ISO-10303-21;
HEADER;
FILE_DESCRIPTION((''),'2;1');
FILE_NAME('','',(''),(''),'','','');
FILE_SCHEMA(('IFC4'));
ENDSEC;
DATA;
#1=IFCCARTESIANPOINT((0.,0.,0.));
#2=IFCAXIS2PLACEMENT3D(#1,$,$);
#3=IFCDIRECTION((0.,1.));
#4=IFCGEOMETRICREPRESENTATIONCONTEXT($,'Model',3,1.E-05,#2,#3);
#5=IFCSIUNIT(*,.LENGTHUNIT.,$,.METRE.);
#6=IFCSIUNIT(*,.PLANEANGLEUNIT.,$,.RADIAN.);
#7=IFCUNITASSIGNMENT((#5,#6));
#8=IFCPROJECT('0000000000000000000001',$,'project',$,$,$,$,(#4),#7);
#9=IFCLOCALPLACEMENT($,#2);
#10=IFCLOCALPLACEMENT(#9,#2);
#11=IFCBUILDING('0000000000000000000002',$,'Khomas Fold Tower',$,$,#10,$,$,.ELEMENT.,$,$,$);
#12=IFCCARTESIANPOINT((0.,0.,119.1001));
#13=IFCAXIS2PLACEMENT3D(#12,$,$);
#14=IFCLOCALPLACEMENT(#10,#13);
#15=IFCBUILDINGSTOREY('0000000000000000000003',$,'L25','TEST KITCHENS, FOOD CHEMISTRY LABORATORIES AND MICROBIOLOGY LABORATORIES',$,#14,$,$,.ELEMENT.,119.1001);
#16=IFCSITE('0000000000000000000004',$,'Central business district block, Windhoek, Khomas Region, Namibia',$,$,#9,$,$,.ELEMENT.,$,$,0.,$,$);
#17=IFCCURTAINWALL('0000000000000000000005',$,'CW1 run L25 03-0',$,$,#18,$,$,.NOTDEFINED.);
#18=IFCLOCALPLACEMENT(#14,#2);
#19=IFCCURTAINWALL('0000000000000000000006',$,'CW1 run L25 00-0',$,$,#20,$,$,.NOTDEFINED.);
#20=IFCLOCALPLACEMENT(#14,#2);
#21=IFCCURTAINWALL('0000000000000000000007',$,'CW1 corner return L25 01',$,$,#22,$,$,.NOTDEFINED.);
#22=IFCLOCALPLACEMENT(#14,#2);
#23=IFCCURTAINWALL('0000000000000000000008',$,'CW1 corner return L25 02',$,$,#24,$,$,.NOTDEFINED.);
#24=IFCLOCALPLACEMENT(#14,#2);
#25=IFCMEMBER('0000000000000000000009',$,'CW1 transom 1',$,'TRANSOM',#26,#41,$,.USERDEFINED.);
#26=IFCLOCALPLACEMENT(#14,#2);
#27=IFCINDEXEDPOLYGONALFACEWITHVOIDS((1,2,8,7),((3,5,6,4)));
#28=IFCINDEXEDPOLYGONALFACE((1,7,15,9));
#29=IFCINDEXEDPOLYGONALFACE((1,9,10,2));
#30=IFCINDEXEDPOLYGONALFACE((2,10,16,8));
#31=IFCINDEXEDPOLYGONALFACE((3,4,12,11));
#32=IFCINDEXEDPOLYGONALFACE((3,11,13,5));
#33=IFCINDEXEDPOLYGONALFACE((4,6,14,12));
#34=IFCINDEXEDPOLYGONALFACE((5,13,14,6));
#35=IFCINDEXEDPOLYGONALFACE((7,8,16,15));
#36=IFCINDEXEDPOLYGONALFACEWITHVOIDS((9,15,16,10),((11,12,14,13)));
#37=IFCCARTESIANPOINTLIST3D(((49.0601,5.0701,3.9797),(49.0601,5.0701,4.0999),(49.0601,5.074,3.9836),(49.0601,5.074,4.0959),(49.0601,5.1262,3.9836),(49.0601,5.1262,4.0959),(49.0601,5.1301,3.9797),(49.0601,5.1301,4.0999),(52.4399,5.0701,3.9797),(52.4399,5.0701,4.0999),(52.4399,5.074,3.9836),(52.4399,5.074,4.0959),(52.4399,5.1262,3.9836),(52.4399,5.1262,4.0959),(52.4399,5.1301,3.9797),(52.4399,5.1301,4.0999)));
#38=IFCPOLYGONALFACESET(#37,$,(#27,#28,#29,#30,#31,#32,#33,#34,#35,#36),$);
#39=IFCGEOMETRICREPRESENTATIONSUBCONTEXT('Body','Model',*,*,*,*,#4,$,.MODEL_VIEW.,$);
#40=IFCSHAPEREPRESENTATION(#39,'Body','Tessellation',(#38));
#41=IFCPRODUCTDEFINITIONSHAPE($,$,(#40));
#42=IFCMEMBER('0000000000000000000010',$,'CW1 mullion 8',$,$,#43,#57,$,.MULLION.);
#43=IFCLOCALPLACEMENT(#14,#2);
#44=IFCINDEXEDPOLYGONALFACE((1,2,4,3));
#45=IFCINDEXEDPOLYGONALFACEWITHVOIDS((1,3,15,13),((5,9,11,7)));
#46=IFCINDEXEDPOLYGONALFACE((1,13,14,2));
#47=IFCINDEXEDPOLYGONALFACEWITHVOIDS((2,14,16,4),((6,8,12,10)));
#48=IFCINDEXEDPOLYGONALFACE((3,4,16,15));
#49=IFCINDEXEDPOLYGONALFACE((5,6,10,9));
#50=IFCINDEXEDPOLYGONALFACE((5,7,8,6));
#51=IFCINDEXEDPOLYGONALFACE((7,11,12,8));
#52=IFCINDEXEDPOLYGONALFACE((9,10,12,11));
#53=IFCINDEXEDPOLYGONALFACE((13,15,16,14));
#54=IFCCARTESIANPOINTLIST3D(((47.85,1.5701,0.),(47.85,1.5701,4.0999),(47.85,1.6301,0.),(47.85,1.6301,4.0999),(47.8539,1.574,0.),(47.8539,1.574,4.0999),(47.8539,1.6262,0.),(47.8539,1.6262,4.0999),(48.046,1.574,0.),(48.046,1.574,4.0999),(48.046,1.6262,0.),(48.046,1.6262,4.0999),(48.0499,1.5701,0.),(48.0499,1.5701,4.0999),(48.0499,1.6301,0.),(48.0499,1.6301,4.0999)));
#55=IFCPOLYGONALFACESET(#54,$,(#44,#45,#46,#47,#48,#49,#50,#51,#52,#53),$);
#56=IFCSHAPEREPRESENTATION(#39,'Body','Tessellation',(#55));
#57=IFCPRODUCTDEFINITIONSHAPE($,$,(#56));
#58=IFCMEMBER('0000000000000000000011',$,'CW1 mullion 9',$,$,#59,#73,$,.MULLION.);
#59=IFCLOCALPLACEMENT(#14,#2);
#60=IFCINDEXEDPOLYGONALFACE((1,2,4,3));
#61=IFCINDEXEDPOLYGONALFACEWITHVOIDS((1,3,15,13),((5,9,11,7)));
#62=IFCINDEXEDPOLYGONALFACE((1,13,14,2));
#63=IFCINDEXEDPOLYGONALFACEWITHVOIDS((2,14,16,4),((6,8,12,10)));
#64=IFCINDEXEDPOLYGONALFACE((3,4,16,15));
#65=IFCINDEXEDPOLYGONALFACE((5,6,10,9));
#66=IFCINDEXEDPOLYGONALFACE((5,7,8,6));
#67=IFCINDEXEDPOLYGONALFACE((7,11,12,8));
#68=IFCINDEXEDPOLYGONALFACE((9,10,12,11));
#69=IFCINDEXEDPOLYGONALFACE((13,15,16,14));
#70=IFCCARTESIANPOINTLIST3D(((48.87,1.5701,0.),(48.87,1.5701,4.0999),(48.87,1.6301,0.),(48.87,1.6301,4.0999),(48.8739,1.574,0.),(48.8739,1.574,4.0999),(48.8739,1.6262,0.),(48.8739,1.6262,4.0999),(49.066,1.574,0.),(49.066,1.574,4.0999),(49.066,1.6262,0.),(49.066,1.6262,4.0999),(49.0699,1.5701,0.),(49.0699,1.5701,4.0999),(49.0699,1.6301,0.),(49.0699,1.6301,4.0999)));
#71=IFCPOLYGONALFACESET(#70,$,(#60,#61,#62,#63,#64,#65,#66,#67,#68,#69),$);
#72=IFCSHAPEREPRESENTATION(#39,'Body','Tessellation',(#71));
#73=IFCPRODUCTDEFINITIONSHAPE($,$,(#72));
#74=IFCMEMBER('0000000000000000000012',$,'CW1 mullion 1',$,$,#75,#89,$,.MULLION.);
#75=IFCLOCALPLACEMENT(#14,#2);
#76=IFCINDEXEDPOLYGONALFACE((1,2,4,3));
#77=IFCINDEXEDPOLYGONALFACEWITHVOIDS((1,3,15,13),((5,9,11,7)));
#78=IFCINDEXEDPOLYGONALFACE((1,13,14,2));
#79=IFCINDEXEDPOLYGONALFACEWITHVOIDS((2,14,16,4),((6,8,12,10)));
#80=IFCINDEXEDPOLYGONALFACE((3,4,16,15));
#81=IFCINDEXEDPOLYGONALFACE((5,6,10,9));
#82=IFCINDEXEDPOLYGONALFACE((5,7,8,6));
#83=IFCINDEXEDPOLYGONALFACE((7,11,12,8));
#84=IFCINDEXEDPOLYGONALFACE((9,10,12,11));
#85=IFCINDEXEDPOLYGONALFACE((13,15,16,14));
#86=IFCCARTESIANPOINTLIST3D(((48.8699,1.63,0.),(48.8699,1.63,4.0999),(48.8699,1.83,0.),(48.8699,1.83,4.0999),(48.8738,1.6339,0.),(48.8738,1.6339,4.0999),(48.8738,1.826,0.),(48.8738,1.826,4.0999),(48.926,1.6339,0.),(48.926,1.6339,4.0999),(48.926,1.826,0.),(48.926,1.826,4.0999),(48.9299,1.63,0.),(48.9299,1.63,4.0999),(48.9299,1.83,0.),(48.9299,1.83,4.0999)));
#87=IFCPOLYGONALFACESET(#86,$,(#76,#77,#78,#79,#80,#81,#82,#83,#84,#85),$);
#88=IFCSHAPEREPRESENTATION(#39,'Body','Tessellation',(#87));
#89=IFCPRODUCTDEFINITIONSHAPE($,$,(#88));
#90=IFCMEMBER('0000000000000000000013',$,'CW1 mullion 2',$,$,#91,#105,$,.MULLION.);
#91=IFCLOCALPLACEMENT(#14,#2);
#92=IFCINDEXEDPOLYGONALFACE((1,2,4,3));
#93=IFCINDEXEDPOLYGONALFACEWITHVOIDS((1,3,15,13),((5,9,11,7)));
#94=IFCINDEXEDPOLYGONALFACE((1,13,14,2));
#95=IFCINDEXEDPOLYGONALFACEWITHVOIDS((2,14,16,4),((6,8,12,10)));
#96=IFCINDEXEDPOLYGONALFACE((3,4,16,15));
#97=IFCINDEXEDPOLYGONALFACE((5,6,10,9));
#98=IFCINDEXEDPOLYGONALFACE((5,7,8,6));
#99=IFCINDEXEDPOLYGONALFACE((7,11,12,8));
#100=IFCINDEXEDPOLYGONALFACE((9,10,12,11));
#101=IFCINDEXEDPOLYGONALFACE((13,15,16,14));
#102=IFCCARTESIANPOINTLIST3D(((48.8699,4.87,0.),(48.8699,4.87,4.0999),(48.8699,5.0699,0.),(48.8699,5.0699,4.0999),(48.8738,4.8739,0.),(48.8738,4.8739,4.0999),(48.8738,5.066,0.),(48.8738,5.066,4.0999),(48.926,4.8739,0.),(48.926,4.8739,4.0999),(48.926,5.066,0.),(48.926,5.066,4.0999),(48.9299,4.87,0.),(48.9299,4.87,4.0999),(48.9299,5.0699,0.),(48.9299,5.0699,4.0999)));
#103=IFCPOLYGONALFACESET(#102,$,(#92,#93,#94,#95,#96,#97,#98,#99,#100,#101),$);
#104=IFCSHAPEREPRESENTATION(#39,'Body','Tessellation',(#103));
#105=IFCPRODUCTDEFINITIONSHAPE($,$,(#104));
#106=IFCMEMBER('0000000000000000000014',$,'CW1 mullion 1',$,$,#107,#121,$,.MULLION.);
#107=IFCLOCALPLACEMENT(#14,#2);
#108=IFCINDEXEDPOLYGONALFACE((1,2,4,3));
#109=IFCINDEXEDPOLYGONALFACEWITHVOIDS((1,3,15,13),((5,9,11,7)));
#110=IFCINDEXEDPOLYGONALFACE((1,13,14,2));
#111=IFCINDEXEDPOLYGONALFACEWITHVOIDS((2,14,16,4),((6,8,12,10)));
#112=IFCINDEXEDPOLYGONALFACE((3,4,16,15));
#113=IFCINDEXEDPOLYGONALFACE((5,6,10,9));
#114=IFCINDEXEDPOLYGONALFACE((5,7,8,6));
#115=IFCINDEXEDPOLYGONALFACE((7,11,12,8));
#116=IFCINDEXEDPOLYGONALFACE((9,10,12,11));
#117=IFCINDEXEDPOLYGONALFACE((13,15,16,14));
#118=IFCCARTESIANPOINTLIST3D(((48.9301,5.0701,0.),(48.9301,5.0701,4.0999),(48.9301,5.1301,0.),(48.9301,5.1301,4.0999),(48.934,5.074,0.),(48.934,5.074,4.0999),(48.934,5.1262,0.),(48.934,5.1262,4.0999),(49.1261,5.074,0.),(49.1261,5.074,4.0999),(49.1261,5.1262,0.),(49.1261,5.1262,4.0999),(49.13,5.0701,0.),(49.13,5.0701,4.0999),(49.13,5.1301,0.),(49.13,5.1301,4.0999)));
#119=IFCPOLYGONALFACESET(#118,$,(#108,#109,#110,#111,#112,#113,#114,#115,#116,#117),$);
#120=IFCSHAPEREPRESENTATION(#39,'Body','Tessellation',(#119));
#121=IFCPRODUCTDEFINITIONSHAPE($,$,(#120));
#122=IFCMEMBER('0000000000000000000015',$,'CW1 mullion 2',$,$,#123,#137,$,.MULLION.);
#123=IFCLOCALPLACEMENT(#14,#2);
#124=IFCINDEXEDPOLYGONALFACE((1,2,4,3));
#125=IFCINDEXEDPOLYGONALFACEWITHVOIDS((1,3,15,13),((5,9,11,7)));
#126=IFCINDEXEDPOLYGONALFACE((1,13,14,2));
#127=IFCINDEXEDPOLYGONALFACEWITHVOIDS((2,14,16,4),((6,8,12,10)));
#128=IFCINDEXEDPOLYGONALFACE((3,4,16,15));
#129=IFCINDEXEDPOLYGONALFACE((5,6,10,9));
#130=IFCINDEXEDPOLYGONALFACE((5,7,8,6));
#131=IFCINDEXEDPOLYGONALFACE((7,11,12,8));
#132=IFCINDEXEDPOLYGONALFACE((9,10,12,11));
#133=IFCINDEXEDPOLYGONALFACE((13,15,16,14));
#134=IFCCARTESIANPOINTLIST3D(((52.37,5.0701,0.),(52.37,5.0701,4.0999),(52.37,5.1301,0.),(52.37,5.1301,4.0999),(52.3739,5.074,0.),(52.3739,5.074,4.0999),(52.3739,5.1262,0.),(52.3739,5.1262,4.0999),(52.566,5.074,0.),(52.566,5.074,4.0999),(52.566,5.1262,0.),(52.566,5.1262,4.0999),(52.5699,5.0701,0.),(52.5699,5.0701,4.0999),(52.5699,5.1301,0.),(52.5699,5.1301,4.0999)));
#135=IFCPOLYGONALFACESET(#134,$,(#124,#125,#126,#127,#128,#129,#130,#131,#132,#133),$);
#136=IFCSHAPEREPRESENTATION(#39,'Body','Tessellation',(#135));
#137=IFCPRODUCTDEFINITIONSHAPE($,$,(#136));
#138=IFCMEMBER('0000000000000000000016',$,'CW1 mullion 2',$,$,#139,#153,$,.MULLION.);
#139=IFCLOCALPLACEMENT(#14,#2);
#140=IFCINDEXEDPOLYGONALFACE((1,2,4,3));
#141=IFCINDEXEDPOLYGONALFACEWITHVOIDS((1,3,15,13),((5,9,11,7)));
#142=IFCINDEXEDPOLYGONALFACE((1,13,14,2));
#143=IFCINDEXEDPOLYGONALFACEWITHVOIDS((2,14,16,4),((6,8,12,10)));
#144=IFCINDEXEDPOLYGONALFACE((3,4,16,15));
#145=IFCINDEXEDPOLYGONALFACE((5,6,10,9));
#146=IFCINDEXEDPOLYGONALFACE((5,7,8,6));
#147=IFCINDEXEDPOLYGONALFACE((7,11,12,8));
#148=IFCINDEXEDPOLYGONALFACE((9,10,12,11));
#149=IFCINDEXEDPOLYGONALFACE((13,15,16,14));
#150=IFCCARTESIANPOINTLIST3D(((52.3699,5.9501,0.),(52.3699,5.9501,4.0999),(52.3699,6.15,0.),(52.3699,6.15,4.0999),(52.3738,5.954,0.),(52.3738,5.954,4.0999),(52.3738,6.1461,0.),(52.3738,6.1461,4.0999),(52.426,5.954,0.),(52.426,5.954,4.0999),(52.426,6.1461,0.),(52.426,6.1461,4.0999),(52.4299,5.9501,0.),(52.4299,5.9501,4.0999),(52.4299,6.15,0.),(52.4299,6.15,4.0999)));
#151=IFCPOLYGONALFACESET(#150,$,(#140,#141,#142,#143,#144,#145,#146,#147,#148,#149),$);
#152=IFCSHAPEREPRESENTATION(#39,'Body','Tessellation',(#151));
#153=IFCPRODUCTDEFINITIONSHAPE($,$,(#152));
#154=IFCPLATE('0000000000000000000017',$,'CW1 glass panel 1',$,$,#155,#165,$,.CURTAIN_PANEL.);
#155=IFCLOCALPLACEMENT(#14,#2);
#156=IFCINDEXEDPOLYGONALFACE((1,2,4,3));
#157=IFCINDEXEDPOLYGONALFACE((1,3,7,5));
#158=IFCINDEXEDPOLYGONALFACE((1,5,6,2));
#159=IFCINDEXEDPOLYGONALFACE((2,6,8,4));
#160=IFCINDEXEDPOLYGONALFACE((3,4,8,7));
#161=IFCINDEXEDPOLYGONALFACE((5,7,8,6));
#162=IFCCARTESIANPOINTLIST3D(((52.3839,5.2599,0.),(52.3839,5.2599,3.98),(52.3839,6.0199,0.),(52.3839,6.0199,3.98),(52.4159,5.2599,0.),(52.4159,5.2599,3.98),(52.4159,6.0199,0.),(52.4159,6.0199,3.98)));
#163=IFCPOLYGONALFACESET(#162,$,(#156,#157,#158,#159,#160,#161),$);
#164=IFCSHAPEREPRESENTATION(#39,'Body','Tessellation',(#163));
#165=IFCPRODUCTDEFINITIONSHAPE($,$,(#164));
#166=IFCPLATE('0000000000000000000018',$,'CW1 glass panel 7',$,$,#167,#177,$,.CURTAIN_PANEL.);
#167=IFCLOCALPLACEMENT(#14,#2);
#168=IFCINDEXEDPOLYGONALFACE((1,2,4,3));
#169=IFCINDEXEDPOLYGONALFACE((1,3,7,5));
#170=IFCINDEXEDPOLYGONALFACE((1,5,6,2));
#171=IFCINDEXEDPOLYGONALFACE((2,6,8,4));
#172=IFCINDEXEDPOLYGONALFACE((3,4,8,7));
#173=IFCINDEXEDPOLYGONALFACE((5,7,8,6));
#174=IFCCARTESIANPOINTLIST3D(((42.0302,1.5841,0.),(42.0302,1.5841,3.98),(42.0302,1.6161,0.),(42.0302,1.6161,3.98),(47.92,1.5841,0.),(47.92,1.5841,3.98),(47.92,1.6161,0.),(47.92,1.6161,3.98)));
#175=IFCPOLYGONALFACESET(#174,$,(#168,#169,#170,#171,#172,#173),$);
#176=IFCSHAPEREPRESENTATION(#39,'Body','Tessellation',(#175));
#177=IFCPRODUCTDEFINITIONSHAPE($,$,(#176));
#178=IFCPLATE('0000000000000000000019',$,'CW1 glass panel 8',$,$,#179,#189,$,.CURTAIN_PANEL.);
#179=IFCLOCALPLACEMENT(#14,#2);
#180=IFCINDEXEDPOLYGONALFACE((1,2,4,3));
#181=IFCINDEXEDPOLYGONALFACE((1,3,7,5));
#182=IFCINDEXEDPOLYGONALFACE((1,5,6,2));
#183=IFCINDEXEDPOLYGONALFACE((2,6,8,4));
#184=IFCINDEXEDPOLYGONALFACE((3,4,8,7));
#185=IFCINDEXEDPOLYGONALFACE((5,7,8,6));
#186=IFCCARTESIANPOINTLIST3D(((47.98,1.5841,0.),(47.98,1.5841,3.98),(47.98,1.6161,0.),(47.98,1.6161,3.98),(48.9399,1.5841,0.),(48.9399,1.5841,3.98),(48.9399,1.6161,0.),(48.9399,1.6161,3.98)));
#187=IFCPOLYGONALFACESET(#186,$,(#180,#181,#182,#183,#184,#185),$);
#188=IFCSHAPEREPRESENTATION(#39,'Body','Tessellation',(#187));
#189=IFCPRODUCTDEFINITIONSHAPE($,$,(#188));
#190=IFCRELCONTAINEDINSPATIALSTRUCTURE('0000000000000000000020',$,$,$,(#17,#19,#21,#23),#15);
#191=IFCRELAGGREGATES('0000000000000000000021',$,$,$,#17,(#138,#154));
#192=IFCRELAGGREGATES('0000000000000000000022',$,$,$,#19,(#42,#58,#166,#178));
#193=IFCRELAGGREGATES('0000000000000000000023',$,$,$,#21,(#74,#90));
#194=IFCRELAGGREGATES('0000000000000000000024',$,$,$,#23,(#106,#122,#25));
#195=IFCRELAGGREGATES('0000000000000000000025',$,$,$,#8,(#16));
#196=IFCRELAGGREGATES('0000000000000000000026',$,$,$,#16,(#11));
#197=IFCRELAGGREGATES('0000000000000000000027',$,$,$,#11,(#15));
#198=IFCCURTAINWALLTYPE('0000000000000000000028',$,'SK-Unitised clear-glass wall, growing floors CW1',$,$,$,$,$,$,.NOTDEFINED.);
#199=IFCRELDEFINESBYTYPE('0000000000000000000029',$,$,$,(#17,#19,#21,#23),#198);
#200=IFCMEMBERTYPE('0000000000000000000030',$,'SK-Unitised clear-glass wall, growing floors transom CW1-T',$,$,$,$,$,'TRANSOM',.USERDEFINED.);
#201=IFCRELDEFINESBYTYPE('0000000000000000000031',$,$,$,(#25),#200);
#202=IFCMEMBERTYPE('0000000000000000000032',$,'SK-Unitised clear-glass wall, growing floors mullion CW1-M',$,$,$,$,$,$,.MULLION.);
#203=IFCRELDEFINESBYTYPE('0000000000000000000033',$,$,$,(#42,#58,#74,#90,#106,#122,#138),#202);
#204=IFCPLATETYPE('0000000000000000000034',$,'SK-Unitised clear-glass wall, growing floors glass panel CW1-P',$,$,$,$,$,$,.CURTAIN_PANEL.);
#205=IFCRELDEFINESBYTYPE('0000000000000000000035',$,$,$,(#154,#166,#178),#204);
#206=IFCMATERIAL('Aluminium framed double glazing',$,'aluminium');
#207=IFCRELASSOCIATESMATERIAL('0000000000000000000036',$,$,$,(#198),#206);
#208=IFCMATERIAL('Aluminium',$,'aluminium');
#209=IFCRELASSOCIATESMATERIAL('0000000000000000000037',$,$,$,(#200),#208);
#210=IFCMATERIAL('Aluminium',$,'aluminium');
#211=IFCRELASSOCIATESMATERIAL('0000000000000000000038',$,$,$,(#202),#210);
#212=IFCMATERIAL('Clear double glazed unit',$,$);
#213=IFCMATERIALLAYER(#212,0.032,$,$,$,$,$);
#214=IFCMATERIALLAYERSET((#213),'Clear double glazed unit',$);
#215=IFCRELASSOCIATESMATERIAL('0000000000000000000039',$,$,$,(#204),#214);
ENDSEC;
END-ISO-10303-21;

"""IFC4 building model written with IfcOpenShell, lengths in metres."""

from ifc_helpers import new_model, si_unit, direction, frame, origin, origin_2d, place, context, subcontext, project, spatial, rectangle, hollow_rectangle, extrude, source, transform, mapped, material, layer, layer_set, material_profile, profile_set, type_object, element, aggregate, save


model = new_model("IFC4")

# Units and contexts
model_context = context("Model", 3, precision=1e-05, world=origin(), true_north=direction((0.0, 1.0)))
body_context = subcontext(model_context, "Body", "Model", "MODEL_VIEW")
ifc_project = project(units=[si_unit("LENGTHUNIT", "METRE"), si_unit("PLANEANGLEUNIT", "RADIAN")], contexts=[model_context])

# Site, building, storey
site_placement = place(None, origin())
site = spatial("IfcSite", under=ifc_project, at=site_placement, Name="Central business district block, Windhoek, Khomas Region, Namibia", CompositionType="ELEMENT", RefElevation=0.0)
building_placement = place(site_placement, origin())
building = spatial("IfcBuilding", under=site, at=building_placement, Name="Khomas Fold Tower", CompositionType="ELEMENT")
storey_placement = place(building_placement, frame((0.0, 0.0, 119.1001)))
storey = spatial("IfcBuildingStorey", under=building, at=storey_placement, Name="L25", Description="TEST KITCHENS, FOOD CHEMISTRY LABORATORIES AND MICROBIOLOGY LABORATORIES", CompositionType="ELEMENT", Elevation=119.1001)

# Curtain wall
ifc_material_1 = material(Name="Aluminium framed double glazing", Category="aluminium")
curtain_wall_type = type_object("IfcCurtainWallType", Name="SK-Unitised clear-glass wall, growing floors CW1", PredefinedType="NOTDEFINED", material=ifc_material_1)
curtain_wall_1_placement = place(storey_placement, origin())
curtain_wall_1 = element("IfcCurtainWall", 1, at=curtain_wall_1_placement, inside=storey, type_object=curtain_wall_type, Name="CW1 run L25 03-0", PredefinedType="NOTDEFINED")
ifc_material_2 = material(Name="Aluminium", Category="aluminium")
ifc_material_profile_1 = material_profile(ifc_material_2, hollow_rectangle(XDim=0.0601, YDim=0.1201, WallThickness=0.0039, at=origin_2d()), Name="SK-Unitised clear-glass wall, growing floors transom CW1-T")
ifc_profile_set_1 = profile_set([ifc_material_profile_1], Name="Aluminium")
member_type_1 = type_object("IfcMemberType", Name="SK-Unitised clear-glass wall, growing floors transom CW1-T", ElementType="TRANSOM", PredefinedType="USERDEFINED", material=ifc_profile_set_1)

# Curtain walls, member
curtain_wall_2_placement = place(storey_placement, origin())
curtain_wall_2 = element("IfcCurtainWall", 2, at=curtain_wall_2_placement, inside=storey, type_object=curtain_wall_type, Name="CW1 run L25 00-0", PredefinedType="NOTDEFINED")
curtain_wall_3_placement = place(storey_placement, origin())
curtain_wall_3 = element("IfcCurtainWall", 3, at=curtain_wall_3_placement, inside=storey, type_object=curtain_wall_type, Name="CW1 corner return L25 01", PredefinedType="NOTDEFINED")
curtain_wall_4_placement = place(storey_placement, origin())
curtain_wall_4 = element("IfcCurtainWall", 4, at=curtain_wall_4_placement, inside=storey, type_object=curtain_wall_type, Name="CW1 corner return L25 02", PredefinedType="NOTDEFINED")
shared_shape_1 = source(origin(), body_context, "Body", "SweptSolid", [
    extrude(hollow_rectangle(XDim=0.0601, YDim=0.1201, WallThickness=0.0039, at=origin_2d()), origin(), (0.0, 0.0, 1.0), 3.3799),
])
member_1_placement = place(storey_placement, frame((49.0601, 5.1001, 4.0398), z_axis=(1.0, 0.0, 0.0), x_axis=(0.0, 1.0, 0.0)))
member_1 = element("IfcMember", 5, at=member_1_placement, type_object=member_type_1, Name="CW1 transom 1", ObjectType="TRANSOM", PredefinedType="USERDEFINED", context=body_context, shape_type="MappedRepresentation", body=[
    mapped(shared_shape_1, transform((0.0, 0.0, 0.0))),
])

# Members
ifc_material_3 = material(Name="Aluminium", Category="aluminium")
ifc_material_profile_2 = material_profile(ifc_material_3, hollow_rectangle(XDim=0.0601, YDim=0.2, WallThickness=0.0039, at=origin_2d()), Name="SK-Unitised clear-glass wall, growing floors mullion CW1-M")
ifc_profile_set_2 = profile_set([ifc_material_profile_2], Name="Aluminium")
member_type_2 = type_object("IfcMemberType", Name="SK-Unitised clear-glass wall, growing floors mullion CW1-M", PredefinedType="MULLION", material=ifc_profile_set_2)
shared_shape_2 = source(origin(), body_context, "Body", "SweptSolid", [
    extrude(hollow_rectangle(XDim=0.0601, YDim=0.2, WallThickness=0.0039, at=origin_2d()), origin(), (0.0, 0.0, 1.0), 4.0999),
])
member_2_placement = place(storey_placement, frame((47.95, 1.6001, 0.0), z_axis=(0.0, 0.0, 1.0), x_axis=(0.0, 1.0, 0.0)))
member_2 = element("IfcMember", 6, at=member_2_placement, type_object=member_type_2, Name="CW1 mullion 8", PredefinedType="MULLION", context=body_context, shape_type="MappedRepresentation", body=[
    mapped(shared_shape_2, transform((0.0, 0.0, 0.0))),
])
member_3_placement = place(storey_placement, frame((48.97, 1.6001, 0.0), z_axis=(0.0, 0.0, 1.0), x_axis=(0.0, 1.0, 0.0)))
member_3 = element("IfcMember", 7, at=member_3_placement, type_object=member_type_2, Name="CW1 mullion 9", PredefinedType="MULLION", context=body_context, shape_type="MappedRepresentation", body=[
    mapped(shared_shape_2, transform((0.0, 0.0, 0.0))),
])
member_4_placement = place(storey_placement, frame((48.8999, 1.73, 0.0), z_axis=(0.0, 0.0, 1.0), x_axis=(-1.0, 0.0, 0.0)))
member_4 = element("IfcMember", 8, at=member_4_placement, type_object=member_type_2, Name="CW1 mullion 1", PredefinedType="MULLION", context=body_context, shape_type="MappedRepresentation", body=[
    mapped(shared_shape_2, transform((0.0, 0.0, 0.0))),
])
member_5_placement = place(storey_placement, frame((48.8999, 4.97, 0.0), z_axis=(0.0, 0.0, 1.0), x_axis=(-1.0, 0.0, 0.0)))
member_5 = element("IfcMember", 9, at=member_5_placement, type_object=member_type_2, Name="CW1 mullion 2", PredefinedType="MULLION", context=body_context, shape_type="MappedRepresentation", body=[
    mapped(shared_shape_2, transform((0.0, 0.0, 0.0))),
])
member_6_placement = place(storey_placement, frame((49.03, 5.1001, 0.0), z_axis=(0.0, 0.0, 1.0), x_axis=(0.0, 1.0, 0.0)))
member_6 = element("IfcMember", 10, at=member_6_placement, type_object=member_type_2, Name="CW1 mullion 1", PredefinedType="MULLION", context=body_context, shape_type="MappedRepresentation", body=[
    mapped(shared_shape_2, transform((0.0, 0.0, 0.0))),
])
member_7_placement = place(storey_placement, frame((52.47, 5.1001, 0.0), z_axis=(0.0, 0.0, 1.0), x_axis=(0.0, 1.0, 0.0)))
member_7 = element("IfcMember", 11, at=member_7_placement, type_object=member_type_2, Name="CW1 mullion 2", PredefinedType="MULLION", context=body_context, shape_type="MappedRepresentation", body=[
    mapped(shared_shape_2, transform((0.0, 0.0, 0.0))),
])
member_8_placement = place(storey_placement, frame((52.3999, 6.05, 0.0), z_axis=(0.0, 0.0, 1.0), x_axis=(-1.0, 0.0, 0.0)))
member_8 = element("IfcMember", 12, at=member_8_placement, type_object=member_type_2, Name="CW1 mullion 2", PredefinedType="MULLION", context=body_context, shape_type="MappedRepresentation", body=[
    mapped(shared_shape_2, transform((0.0, 0.0, 0.0))),
])

# Plates
ifc_material_4 = material(Name="Clear double glazed unit")
ifc_layer_1 = layer(ifc_material_4, 0.032)
ifc_layer_set_1 = layer_set([ifc_layer_1], Name="Clear double glazed unit")
plate_type = type_object("IfcPlateType", Name="SK-Unitised clear-glass wall, growing floors glass panel CW1-P", PredefinedType="CURTAIN_PANEL", material=ifc_layer_set_1)
shared_shape_3 = source(origin(), body_context, "Body", "SweptSolid", [
    extrude(rectangle(XDim=0.76, YDim=0.032, at=origin_2d()), origin(), (0.0, 0.0, 1.0), 3.98),
])
plate_1_placement = place(storey_placement, frame((52.3999, 5.6399, 0.0), z_axis=(0.0, 0.0, 1.0), x_axis=(0.0, 1.0, 0.0)))
plate_1 = element("IfcPlate", 13, at=plate_1_placement, type_object=plate_type, Name="CW1 glass panel 1", PredefinedType="CURTAIN_PANEL", context=body_context, shape_type="MappedRepresentation", body=[
    mapped(shared_shape_3, transform((0.0, 0.0, 0.0))),
])
aggregate(curtain_wall_1, [member_8, plate_1])
shared_shape_4 = source(origin(), body_context, "Body", "SweptSolid", [
    extrude(rectangle(XDim=5.8899, YDim=0.032, at=origin_2d()), origin(), (0.0, 0.0, 1.0), 3.98),
])
plate_2_placement = place(storey_placement, frame((44.9751, 1.6001, 0.0), z_axis=(0.0, 0.0, 1.0), x_axis=(1.0, 0.0, 0.0)))
plate_2 = element("IfcPlate", 14, at=plate_2_placement, type_object=plate_type, Name="CW1 glass panel 7", PredefinedType="CURTAIN_PANEL", context=body_context, shape_type="MappedRepresentation", body=[
    mapped(shared_shape_4, transform((0.0, 0.0, 0.0))),
])
shared_shape_5 = source(origin(), body_context, "Body", "SweptSolid", [
    extrude(rectangle(XDim=0.96, YDim=0.032, at=origin_2d()), origin(), (0.0, 0.0, 1.0), 3.98),
])
plate_3_placement = place(storey_placement, frame((48.46, 1.6001, 0.0), z_axis=(0.0, 0.0, 1.0), x_axis=(1.0, 0.0, 0.0)))
plate_3 = element("IfcPlate", 15, at=plate_3_placement, type_object=plate_type, Name="CW1 glass panel 8", PredefinedType="CURTAIN_PANEL", context=body_context, shape_type="MappedRepresentation", body=[
    mapped(shared_shape_5, transform((0.0, 0.0, 0.0))),
])
aggregate(curtain_wall_2, [member_2, member_3, plate_2, plate_3])
aggregate(curtain_wall_3, [member_4, member_5])
aggregate(curtain_wall_4, [member_6, member_7, member_1])

save(model, "model.ifc")
